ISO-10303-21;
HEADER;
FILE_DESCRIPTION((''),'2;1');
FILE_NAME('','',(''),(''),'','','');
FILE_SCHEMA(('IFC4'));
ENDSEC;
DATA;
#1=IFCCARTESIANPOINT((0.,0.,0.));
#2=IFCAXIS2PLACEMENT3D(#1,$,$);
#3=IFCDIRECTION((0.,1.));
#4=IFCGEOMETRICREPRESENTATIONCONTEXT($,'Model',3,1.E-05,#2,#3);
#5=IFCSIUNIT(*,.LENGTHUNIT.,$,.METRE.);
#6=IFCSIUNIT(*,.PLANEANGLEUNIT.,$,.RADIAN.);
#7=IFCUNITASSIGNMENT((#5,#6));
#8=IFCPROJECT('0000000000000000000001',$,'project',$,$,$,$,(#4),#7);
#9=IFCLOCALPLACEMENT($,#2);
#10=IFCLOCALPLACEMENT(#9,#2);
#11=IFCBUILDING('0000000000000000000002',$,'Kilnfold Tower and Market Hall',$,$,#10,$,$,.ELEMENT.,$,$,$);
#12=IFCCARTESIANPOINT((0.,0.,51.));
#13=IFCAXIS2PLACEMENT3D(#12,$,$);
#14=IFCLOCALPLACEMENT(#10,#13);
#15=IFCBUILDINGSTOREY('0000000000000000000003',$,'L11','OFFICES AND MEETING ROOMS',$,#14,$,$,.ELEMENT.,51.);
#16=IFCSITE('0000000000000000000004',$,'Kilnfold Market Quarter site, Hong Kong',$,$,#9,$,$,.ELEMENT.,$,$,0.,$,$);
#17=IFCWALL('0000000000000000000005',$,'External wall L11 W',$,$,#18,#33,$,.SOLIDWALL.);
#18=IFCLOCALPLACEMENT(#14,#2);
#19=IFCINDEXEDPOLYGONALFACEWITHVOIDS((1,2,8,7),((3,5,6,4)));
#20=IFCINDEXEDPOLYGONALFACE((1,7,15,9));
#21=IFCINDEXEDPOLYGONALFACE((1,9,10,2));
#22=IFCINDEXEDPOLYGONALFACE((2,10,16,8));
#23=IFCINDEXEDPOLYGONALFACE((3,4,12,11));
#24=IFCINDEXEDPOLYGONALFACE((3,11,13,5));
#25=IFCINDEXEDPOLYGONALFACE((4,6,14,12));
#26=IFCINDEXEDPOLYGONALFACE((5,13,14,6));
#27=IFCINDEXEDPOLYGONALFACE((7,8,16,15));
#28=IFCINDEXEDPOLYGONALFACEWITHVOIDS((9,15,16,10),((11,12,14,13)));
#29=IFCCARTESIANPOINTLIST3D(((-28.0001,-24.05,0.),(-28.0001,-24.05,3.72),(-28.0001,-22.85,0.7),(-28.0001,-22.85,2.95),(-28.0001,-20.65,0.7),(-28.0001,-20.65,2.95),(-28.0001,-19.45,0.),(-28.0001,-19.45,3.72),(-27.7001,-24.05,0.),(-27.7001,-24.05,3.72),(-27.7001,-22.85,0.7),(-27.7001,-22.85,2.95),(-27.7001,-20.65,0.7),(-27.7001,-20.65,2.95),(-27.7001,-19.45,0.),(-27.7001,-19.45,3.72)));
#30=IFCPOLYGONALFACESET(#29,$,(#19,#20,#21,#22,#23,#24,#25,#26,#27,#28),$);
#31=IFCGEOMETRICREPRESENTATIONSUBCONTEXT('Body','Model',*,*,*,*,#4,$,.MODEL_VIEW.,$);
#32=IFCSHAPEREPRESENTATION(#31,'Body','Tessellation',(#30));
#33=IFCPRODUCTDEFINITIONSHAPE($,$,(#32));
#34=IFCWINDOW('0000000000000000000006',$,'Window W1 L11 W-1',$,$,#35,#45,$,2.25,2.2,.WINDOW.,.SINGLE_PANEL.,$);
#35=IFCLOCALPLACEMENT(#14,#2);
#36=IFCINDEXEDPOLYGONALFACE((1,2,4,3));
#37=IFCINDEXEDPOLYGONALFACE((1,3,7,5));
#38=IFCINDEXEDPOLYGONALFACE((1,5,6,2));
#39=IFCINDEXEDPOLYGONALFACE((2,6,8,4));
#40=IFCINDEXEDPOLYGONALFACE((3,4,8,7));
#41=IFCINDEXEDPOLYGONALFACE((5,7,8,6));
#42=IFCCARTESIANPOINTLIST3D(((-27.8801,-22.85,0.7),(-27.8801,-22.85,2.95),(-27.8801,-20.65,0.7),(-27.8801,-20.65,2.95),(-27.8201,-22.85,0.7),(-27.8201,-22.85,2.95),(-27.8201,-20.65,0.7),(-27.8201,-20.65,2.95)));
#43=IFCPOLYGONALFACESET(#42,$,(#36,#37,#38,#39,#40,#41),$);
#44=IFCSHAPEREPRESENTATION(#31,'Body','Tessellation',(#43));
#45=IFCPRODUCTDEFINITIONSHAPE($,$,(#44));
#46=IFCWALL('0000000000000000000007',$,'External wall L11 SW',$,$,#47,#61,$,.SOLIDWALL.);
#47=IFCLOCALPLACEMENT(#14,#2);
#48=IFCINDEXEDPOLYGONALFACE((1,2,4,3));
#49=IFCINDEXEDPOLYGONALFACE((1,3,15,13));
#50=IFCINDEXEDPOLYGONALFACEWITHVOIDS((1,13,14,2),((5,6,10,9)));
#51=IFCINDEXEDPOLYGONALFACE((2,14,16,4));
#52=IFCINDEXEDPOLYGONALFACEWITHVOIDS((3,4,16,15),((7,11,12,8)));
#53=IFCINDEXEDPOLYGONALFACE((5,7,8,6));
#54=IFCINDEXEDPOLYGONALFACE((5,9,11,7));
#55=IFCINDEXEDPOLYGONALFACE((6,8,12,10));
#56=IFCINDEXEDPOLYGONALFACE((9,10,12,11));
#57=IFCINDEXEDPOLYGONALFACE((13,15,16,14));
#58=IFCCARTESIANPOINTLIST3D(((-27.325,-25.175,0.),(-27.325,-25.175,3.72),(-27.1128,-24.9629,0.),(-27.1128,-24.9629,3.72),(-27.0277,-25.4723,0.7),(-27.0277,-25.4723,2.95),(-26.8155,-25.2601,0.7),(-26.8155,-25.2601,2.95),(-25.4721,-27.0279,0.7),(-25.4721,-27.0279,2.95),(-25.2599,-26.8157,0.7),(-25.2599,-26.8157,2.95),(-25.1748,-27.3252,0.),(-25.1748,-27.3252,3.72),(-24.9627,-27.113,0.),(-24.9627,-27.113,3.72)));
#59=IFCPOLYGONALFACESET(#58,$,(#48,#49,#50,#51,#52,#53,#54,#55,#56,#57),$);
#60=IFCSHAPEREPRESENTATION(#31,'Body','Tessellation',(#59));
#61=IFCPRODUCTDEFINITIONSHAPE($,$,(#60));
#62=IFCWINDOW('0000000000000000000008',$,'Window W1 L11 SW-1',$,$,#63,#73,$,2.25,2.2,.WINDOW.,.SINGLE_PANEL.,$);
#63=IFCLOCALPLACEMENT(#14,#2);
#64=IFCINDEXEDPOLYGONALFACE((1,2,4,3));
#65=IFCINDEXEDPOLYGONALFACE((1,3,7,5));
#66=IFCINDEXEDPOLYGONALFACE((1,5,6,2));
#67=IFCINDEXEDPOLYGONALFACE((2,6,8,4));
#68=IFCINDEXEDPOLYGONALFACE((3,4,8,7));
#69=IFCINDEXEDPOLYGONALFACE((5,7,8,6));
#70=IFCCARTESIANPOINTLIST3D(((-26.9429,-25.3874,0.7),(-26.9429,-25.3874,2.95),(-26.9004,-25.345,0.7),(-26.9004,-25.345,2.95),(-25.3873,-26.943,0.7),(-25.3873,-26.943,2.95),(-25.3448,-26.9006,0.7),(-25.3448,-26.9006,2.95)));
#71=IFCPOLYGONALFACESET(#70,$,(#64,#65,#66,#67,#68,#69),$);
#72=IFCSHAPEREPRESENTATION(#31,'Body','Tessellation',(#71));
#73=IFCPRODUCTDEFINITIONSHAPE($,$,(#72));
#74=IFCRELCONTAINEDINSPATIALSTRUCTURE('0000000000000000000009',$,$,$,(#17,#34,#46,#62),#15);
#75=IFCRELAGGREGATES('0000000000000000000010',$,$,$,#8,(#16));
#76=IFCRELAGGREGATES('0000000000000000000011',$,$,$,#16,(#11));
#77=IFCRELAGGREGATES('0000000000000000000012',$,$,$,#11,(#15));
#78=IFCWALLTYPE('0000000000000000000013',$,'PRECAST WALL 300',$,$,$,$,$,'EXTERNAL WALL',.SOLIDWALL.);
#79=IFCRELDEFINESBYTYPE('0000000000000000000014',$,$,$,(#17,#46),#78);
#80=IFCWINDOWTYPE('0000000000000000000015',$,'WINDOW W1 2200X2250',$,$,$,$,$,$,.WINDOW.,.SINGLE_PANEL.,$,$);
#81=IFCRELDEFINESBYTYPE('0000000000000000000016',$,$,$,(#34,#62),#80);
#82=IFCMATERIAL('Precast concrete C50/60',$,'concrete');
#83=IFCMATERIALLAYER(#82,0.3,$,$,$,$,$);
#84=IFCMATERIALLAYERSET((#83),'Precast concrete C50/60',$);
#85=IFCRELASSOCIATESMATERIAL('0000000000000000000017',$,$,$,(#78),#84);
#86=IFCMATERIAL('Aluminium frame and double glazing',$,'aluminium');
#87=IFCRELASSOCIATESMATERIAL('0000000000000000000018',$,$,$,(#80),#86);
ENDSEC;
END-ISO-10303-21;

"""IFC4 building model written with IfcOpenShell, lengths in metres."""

from ifc_helpers import new_model, si_unit, direction, frame, frame_2d, origin, place, context, subcontext, project, spatial, rectangle, extrude, source, transform, mapped, material, layer, layer_set, type_object, element, fill, save


model = new_model("IFC4")

# Units and contexts
model_context = context("Model", 3, precision=1e-05, world=origin(), true_north=direction((0.0, 1.0)))
body_context = subcontext(model_context, "Body", "Model", "MODEL_VIEW")
ifc_project = project(units=[si_unit("LENGTHUNIT", "METRE"), si_unit("PLANEANGLEUNIT", "RADIAN")], contexts=[model_context])

# Site, building, storey
site_placement = place(None, origin())
site = spatial("IfcSite", under=ifc_project, at=site_placement, Name="Kilnfold Market Quarter site, Hong Kong", CompositionType="ELEMENT", RefElevation=0.0)
building_placement = place(site_placement, origin())
building = spatial("IfcBuilding", under=site, at=building_placement, Name="Kilnfold Tower and Market Hall", CompositionType="ELEMENT")
storey_placement = place(building_placement, frame((0.0, 0.0, 51.0)))
storey = spatial("IfcBuildingStorey", under=building, at=storey_placement, Name="L11", Description="OFFICES AND MEETING ROOMS", CompositionType="ELEMENT", Elevation=51.0)

# Walls, openings, windows
ifc_material_1 = material(Name="Precast concrete C50/60", Category="concrete")
ifc_layer_1 = layer(ifc_material_1, 0.3)
ifc_layer_set_1 = layer_set([ifc_layer_1], Name="Precast concrete C50/60")
wall_type_1 = type_object("IfcWallType", Name="PRECAST WALL 300", ElementType="EXTERNAL WALL", PredefinedType="SOLIDWALL", material=ifc_layer_set_1)
shared_shape_1 = source(origin(), body_context, "Body", "SweptSolid", [
    extrude(rectangle(XDim=4.6001, YDim=0.3, at=frame_2d((2.3, 0.0))), origin(), (0.0, 0.0, 1.0), 3.72),
])
wall_1_placement = place(storey_placement, frame((-27.8501, -19.45, 0.0), z_axis=(0.0, 0.0, 1.0), x_axis=(0.0, -1.0, 0.0)))
wall_1 = element("IfcWall", 1, at=wall_1_placement, inside=storey, type_object=wall_type_1, Name="External wall L11 W", PredefinedType="SOLIDWALL", context=body_context, shape_type="MappedRepresentation", body=[
    mapped(shared_shape_1, transform((0.0, 0.0, 0.0))),
])
opening_1_placement = place(wall_1_placement, frame((1.2, 0.0, 0.7)))
opening_1 = element("IfcOpeningElement", 2, at=opening_1_placement, cuts=wall_1, PredefinedType="OPENING", context=body_context, shape_type="SweptSolid", body=[
    extrude(rectangle(XDim=2.2, YDim=2.25, at=frame_2d((1.1001, 1.125))), frame((0.0, 0.1602, 0.0), z_axis=(0.0, -1.0, 0.0), x_axis=(1.0, 0.0, 0.0)), (0.0, 0.0, 1.0), 0.3201),
])
ifc_material_2 = material(Name="Aluminium frame and double glazing", Category="aluminium")
window_type = type_object("IfcWindowType", Name="WINDOW W1 2200X2250", PartitioningType="SINGLE_PANEL", PredefinedType="WINDOW", material=ifc_material_2)
window_1_placement = place(opening_1_placement, origin())
window_1 = element("IfcWindow", 3, at=window_1_placement, inside=storey, type_object=window_type, Name="Window W1 L11 W-1", OverallHeight=2.25, OverallWidth=2.2, PartitioningType="SINGLE_PANEL", PredefinedType="WINDOW", context=body_context, shape_type="SweptSolid", body=[
    extrude(rectangle(XDim=2.2, YDim=2.25, at=frame_2d((1.1001, 1.125))), frame((0.0, 0.03, 0.0), z_axis=(0.0, -1.0, 0.0), x_axis=(1.0, 0.0, 0.0)), (0.0, 0.0, 1.0), 0.0601),
])
fill(opening_1, window_1)
shared_shape_2 = source(origin(), body_context, "Body", "SweptSolid", [
    extrude(rectangle(XDim=3.0408, YDim=0.3, at=frame_2d((1.5205, 0.0))), origin(), (0.0, 0.0, 1.0), 3.72),
])
wall_2_placement = place(storey_placement, frame((-27.219, -25.0688, 0.0), z_axis=(0.0, 0.0, 1.0), x_axis=(0.707107, -0.707107, 0.0)))
wall_2 = element("IfcWall", 4, at=wall_2_placement, inside=storey, type_object=wall_type_1, Name="External wall L11 SW", PredefinedType="SOLIDWALL", context=body_context, shape_type="MappedRepresentation", body=[
    mapped(shared_shape_2, transform((0.0, 0.0, 0.0))),
])
opening_2_placement = place(wall_2_placement, frame((0.4204, 0.0, 0.7)))
opening_2 = element("IfcOpeningElement", 5, at=opening_2_placement, cuts=wall_2, PredefinedType="OPENING", context=body_context, shape_type="SweptSolid", body=[
    extrude(rectangle(XDim=2.2, YDim=2.25, at=frame_2d((1.1001, 1.125))), frame((0.0, 0.1602, 0.0), z_axis=(0.0, -1.0, 0.0), x_axis=(1.0, 0.0, 0.0)), (0.0, 0.0, 1.0), 0.3201),
])
window_2_placement = place(opening_2_placement, origin())
window_2 = element("IfcWindow", 6, at=window_2_placement, inside=storey, type_object=window_type, Name="Window W1 L11 SW-1", OverallHeight=2.25, OverallWidth=2.2, PartitioningType="SINGLE_PANEL", PredefinedType="WINDOW", context=body_context, shape_type="SweptSolid", body=[
    extrude(rectangle(XDim=2.2, YDim=2.25, at=frame_2d((1.1001, 1.125))), frame((0.0, 0.03, 0.0), z_axis=(0.0, -1.0, 0.0), x_axis=(1.0, 0.0, 0.0)), (0.0, 0.0, 1.0), 0.0601),
])
fill(opening_2, window_2)

save(model, "model.ifc")
